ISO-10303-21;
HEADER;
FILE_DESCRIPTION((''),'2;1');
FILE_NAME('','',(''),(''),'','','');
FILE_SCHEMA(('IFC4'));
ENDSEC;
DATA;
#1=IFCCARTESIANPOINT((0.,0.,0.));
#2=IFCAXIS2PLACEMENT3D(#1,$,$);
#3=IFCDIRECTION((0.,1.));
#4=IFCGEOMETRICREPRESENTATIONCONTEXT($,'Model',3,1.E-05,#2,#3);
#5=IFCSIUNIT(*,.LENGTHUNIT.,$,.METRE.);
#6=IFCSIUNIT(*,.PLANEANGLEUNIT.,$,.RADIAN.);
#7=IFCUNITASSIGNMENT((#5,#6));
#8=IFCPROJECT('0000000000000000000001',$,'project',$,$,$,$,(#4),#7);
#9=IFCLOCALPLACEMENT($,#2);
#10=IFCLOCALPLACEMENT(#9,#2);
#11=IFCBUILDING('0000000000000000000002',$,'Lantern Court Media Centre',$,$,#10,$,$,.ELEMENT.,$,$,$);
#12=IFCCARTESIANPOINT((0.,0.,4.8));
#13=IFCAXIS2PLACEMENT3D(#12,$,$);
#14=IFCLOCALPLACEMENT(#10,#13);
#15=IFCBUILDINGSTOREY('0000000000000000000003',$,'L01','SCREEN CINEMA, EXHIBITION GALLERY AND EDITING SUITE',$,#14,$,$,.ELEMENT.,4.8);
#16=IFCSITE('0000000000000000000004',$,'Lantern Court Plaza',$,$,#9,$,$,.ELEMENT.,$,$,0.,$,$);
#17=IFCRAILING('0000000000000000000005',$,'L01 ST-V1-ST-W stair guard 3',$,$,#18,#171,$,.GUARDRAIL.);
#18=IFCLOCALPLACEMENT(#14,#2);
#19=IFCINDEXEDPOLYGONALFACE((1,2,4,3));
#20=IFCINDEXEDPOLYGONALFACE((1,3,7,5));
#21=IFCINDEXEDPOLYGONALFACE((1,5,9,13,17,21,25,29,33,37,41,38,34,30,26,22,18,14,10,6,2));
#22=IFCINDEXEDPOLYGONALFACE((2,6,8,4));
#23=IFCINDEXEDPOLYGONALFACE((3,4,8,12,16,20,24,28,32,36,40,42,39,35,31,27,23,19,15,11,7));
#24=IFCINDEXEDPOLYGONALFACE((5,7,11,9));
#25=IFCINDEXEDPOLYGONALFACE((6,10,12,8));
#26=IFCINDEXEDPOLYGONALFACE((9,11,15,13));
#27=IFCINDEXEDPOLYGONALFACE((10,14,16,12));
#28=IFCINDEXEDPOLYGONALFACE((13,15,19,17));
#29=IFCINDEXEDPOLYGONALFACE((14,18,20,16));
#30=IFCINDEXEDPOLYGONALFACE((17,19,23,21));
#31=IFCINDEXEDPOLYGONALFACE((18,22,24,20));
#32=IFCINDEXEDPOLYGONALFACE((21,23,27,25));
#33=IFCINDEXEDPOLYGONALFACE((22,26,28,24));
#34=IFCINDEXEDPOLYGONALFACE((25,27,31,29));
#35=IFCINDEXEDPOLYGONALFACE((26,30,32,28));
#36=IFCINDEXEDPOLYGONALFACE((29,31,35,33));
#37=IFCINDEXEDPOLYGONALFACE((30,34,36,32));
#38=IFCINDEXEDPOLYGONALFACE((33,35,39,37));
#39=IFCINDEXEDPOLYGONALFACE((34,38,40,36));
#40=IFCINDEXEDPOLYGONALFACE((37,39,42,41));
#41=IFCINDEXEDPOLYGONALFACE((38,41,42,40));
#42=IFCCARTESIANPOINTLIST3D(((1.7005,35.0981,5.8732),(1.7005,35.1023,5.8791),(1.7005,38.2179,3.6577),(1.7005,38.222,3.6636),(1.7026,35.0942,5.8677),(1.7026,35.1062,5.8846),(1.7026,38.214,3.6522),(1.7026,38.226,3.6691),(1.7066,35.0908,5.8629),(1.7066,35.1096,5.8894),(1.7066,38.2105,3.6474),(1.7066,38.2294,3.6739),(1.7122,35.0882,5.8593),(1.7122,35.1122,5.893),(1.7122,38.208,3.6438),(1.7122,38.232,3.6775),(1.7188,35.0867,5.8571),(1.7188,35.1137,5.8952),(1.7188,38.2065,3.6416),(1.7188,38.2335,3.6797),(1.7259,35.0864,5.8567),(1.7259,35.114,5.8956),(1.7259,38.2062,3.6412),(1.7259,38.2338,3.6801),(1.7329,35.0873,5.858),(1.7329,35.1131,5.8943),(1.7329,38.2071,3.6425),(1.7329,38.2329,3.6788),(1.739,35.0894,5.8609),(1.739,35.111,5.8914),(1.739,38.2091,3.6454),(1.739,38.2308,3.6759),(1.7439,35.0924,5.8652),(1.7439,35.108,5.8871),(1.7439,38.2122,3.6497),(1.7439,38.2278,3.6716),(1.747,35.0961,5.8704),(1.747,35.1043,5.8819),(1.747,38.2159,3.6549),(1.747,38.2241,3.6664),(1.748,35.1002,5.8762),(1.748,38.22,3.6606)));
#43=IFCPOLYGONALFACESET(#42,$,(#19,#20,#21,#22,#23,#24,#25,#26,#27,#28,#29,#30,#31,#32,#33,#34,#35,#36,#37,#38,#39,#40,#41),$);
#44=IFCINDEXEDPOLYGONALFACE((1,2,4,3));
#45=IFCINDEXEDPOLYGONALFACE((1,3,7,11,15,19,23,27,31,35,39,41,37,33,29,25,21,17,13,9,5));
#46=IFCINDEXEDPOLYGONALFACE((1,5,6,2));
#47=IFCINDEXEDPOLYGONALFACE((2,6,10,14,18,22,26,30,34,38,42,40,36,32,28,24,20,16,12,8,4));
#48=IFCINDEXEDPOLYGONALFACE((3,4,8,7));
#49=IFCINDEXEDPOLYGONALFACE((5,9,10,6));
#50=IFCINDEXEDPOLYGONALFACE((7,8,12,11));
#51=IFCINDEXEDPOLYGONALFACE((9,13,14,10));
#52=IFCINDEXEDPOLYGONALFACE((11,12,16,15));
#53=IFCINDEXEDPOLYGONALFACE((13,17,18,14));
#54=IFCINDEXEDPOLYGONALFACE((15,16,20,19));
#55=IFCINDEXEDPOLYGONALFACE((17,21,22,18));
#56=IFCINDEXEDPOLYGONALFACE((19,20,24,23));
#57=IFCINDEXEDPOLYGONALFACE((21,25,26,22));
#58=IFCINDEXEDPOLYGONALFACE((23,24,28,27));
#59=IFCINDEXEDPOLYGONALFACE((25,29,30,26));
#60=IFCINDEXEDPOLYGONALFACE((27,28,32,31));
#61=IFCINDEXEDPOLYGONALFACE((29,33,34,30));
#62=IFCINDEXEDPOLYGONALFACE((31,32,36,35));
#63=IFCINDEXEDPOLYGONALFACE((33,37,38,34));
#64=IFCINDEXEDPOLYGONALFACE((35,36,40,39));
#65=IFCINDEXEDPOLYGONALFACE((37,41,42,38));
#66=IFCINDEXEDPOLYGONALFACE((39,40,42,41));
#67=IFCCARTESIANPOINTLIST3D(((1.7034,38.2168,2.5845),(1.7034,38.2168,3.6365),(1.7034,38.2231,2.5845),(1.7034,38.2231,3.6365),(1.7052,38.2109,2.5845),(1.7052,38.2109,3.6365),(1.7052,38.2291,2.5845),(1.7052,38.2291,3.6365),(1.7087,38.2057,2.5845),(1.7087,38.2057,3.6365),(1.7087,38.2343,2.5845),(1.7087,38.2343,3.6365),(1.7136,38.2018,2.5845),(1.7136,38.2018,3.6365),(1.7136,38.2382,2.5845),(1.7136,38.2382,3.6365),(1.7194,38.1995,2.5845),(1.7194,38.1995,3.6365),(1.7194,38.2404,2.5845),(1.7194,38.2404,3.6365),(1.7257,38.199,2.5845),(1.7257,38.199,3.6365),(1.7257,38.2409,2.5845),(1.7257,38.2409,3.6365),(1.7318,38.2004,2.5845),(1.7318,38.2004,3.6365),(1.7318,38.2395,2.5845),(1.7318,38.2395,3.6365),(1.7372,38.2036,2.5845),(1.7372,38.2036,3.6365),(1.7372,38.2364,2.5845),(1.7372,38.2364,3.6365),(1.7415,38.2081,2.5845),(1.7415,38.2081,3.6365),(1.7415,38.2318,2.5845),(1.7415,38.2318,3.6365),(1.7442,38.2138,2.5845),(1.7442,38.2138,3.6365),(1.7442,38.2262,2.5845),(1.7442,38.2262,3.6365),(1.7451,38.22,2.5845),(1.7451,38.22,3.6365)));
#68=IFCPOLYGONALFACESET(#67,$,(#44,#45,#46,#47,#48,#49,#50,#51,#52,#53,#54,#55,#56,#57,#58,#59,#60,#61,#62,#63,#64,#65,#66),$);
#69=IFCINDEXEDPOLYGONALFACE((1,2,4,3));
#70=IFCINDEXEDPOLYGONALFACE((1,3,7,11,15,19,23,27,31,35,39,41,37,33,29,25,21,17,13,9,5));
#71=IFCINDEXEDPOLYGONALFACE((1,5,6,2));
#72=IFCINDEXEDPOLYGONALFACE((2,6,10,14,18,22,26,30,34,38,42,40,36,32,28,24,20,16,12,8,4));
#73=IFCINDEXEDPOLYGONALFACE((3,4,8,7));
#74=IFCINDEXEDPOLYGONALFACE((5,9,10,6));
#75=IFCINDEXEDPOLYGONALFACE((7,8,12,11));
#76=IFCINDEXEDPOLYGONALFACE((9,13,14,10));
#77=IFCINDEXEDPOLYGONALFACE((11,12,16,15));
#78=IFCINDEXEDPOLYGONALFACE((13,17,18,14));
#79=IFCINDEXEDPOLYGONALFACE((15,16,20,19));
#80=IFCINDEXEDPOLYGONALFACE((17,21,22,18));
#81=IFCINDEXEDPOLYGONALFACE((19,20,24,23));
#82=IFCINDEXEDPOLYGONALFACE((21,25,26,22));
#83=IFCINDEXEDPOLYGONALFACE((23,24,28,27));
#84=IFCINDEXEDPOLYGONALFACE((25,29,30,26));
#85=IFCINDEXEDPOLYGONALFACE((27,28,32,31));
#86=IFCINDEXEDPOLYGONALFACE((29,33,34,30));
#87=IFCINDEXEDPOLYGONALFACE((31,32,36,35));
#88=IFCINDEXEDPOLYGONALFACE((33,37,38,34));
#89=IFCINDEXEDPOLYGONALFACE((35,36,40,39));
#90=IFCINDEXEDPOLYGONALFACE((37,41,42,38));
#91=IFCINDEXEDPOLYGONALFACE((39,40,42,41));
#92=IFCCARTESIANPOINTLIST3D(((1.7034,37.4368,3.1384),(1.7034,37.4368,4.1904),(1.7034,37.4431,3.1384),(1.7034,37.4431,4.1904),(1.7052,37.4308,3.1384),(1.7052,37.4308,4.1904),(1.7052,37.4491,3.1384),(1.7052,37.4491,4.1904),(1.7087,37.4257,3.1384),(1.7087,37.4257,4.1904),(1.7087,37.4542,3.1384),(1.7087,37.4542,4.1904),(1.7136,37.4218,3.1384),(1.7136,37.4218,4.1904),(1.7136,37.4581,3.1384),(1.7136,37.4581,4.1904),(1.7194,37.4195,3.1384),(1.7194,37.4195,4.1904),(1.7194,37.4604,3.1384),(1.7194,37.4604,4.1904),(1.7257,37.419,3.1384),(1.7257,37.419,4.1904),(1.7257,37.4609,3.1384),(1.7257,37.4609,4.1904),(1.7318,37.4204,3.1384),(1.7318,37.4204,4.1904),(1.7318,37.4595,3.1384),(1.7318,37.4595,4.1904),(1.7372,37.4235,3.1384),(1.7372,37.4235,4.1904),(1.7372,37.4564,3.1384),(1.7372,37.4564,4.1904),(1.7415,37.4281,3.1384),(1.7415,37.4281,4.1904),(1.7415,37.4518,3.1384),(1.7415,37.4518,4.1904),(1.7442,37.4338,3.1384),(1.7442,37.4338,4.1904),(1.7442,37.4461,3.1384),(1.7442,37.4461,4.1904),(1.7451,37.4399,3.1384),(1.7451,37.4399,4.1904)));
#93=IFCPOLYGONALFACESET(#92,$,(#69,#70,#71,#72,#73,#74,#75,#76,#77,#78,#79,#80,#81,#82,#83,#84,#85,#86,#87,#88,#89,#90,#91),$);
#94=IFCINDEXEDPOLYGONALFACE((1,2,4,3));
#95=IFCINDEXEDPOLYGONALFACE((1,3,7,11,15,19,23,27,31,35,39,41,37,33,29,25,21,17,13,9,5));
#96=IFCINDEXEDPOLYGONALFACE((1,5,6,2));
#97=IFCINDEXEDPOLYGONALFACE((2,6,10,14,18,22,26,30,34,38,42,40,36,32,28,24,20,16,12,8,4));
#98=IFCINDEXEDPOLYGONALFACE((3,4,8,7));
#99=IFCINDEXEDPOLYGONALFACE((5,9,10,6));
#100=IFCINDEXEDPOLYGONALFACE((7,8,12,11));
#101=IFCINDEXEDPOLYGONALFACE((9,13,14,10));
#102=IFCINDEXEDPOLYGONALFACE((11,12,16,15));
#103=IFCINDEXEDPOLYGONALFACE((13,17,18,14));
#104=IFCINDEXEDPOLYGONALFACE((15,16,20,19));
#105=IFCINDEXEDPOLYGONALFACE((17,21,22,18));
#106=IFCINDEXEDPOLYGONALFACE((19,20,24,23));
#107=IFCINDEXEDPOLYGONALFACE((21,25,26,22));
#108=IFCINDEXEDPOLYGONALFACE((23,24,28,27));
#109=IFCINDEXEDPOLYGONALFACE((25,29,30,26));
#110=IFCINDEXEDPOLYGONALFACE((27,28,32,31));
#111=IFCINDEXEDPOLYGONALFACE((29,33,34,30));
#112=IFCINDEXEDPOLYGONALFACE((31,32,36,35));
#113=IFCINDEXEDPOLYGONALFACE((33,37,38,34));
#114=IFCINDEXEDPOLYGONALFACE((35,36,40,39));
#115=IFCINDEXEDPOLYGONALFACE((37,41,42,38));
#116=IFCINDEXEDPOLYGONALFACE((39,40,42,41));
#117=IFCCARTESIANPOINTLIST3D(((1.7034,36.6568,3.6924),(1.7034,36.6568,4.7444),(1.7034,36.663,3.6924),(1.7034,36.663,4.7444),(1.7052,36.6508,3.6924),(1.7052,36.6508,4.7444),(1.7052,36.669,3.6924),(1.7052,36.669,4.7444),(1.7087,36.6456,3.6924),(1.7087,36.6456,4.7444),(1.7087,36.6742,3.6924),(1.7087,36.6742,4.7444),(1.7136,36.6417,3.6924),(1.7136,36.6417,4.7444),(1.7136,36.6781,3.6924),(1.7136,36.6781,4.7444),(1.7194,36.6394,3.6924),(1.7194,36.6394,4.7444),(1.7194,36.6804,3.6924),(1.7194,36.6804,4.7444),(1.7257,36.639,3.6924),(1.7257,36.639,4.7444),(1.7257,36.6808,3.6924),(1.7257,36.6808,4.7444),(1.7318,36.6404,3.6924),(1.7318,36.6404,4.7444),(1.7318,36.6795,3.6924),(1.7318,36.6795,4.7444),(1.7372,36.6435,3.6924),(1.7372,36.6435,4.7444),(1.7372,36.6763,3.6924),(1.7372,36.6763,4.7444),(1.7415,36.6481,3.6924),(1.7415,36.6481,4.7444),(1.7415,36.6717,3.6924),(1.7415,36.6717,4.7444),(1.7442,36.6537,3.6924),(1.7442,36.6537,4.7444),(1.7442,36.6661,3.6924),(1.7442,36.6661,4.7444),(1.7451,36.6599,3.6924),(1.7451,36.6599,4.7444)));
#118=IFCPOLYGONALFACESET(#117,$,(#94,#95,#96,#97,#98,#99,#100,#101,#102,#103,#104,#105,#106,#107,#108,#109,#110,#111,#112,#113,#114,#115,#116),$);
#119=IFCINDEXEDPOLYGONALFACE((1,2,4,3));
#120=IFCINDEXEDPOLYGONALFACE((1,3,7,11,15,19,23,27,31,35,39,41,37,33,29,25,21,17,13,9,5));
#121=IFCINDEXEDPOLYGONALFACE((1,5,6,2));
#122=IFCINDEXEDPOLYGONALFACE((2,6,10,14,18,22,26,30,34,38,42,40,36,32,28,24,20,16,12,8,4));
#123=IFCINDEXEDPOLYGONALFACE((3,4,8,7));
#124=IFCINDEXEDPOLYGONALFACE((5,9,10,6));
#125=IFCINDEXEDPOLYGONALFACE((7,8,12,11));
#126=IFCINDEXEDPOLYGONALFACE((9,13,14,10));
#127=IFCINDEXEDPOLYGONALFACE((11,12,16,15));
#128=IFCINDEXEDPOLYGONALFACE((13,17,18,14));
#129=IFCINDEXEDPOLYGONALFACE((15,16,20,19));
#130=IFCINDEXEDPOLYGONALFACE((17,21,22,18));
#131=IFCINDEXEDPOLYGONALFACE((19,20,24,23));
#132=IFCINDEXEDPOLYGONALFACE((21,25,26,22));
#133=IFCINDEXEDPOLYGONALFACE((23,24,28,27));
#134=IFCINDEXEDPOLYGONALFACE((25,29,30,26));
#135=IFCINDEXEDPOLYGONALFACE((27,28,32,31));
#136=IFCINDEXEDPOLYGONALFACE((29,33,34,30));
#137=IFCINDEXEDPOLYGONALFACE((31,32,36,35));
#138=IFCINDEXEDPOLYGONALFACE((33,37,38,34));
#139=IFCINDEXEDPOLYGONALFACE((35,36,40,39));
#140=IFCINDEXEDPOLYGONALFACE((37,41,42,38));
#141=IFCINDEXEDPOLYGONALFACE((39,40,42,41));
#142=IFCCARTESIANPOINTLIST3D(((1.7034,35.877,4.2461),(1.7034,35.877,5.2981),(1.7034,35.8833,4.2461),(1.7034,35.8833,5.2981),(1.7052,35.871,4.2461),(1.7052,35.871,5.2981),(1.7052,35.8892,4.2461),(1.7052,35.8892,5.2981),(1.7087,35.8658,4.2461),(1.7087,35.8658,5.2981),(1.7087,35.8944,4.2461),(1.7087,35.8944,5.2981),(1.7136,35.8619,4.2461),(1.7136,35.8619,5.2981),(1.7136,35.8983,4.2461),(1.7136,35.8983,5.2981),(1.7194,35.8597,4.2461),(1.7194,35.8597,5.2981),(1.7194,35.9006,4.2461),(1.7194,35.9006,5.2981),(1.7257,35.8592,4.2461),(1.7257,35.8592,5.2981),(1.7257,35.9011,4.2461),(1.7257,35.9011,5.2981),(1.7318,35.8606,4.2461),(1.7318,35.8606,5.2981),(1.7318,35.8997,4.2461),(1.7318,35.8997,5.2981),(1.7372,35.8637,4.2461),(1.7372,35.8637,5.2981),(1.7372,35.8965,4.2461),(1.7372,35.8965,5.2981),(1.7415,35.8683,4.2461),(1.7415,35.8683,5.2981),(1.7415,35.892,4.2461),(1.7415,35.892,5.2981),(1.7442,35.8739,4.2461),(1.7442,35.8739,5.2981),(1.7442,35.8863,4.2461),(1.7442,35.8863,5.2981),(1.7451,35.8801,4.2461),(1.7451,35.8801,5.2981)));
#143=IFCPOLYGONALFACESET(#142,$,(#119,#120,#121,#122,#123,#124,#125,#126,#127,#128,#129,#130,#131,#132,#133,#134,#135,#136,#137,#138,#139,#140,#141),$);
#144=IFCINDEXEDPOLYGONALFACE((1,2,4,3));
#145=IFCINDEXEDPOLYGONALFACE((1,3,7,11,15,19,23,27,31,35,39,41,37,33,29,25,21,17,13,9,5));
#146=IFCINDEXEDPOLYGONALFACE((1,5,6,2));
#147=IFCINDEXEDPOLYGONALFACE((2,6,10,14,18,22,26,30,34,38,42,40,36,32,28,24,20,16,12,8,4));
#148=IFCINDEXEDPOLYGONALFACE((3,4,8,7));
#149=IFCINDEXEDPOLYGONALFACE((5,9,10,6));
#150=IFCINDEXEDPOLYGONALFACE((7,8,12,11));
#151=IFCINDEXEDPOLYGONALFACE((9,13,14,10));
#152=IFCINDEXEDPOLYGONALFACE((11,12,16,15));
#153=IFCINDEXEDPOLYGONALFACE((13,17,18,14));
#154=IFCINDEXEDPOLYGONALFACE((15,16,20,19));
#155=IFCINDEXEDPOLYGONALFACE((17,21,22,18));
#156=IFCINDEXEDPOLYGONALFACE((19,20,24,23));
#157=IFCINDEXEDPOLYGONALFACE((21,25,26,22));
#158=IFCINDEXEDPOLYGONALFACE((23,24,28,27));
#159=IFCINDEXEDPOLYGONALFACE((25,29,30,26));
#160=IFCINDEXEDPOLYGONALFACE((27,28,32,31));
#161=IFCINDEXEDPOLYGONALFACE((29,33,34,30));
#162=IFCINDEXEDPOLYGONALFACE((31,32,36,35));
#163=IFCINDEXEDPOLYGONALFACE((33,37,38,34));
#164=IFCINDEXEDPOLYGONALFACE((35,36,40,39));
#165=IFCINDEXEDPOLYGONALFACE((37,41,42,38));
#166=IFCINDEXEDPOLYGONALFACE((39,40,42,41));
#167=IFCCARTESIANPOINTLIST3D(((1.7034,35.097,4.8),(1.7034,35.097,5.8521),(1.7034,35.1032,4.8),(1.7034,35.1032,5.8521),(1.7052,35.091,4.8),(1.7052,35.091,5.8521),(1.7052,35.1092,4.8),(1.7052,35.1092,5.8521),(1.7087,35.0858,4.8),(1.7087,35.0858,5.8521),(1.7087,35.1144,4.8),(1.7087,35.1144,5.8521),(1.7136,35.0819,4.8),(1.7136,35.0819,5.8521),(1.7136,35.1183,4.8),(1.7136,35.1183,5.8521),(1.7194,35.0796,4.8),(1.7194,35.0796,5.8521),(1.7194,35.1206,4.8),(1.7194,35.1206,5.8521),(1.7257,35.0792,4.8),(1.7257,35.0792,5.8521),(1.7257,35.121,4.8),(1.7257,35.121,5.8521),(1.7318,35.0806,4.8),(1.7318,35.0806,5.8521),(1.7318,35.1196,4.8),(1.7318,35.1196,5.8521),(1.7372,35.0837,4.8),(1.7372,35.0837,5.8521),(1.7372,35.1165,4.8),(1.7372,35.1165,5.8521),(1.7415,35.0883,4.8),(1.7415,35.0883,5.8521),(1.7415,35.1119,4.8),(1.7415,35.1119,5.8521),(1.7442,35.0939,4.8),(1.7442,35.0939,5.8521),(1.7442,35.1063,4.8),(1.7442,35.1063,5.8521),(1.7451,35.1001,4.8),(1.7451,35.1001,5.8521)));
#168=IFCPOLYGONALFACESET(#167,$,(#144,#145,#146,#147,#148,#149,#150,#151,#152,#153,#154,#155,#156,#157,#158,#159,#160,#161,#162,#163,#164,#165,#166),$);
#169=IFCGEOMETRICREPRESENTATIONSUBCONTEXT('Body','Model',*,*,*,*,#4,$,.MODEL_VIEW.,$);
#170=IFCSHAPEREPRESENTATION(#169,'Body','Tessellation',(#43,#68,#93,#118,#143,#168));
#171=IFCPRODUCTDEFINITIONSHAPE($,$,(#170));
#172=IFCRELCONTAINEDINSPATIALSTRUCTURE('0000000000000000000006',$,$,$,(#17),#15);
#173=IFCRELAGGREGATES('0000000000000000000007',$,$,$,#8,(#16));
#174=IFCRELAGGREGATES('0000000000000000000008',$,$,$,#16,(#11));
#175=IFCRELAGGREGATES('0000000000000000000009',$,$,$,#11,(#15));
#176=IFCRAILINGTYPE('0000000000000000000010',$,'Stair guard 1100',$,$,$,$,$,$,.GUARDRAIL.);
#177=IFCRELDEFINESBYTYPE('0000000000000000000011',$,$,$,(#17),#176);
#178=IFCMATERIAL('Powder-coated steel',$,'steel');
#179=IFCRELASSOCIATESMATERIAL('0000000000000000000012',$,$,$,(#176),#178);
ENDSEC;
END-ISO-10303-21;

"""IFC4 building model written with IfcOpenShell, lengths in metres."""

from ifc_helpers import new_model, si_unit, direction, frame, origin, origin_2d, place, context, subcontext, project, spatial, circle, extrude, material, type_object, element, save


model = new_model("IFC4")

# Units and contexts
model_context = context("Model", 3, precision=1e-05, world=origin(), true_north=direction((0.0, 1.0)))
body_context = subcontext(model_context, "Body", "Model", "MODEL_VIEW")
ifc_project = project(units=[si_unit("LENGTHUNIT", "METRE"), si_unit("PLANEANGLEUNIT", "RADIAN")], contexts=[model_context])

# Site, building, storey
site_placement = place(None, origin())
site = spatial("IfcSite", under=ifc_project, at=site_placement, Name="Lantern Court Plaza", CompositionType="ELEMENT", RefElevation=0.0)
building_placement = place(site_placement, origin())
building = spatial("IfcBuilding", under=site, at=building_placement, Name="Lantern Court Media Centre", CompositionType="ELEMENT")
storey_placement = place(building_placement, frame((0.0, 0.0, 4.8)))
storey = spatial("IfcBuildingStorey", under=building, at=storey_placement, Name="L01", Description="SCREEN CINEMA, EXHIBITION GALLERY AND EDITING SUITE", CompositionType="ELEMENT", Elevation=4.8)

# Railing
ifc_material_1 = material(Name="Powder-coated steel", Category="steel")
railing_type_1 = type_object("IfcRailingType", Name="Stair guard 1100", PredefinedType="GUARDRAIL", material=ifc_material_1)
railing_1_placement = place(storey_placement, frame((1.7241, 38.22, 2.5845)))
element("IfcRailing", 1, at=railing_1_placement, inside=storey, type_object=railing_type_1, Name="L01 ST-V1-ST-W stair guard 3", PredefinedType="GUARDRAIL", context=body_context, shape_type="SweptSolid", body=[
    extrude(circle(Radius=0.0239, at=origin_2d()), frame((0.0, 0.0, 1.0762), z_axis=(0.0, -0.815325, 0.579003), x_axis=(1.0, 0.0, 0.0)), (0.0, 0.0, 1.0), 3.8264),
    extrude(circle(Radius=0.021, at=origin_2d()), origin(), (0.0, 0.0, 1.0), 1.052),
    extrude(circle(Radius=0.021, at=origin_2d()), frame((0.0, -0.78, 0.554)), (0.0, 0.0, 1.0), 1.052),
    extrude(circle(Radius=0.021, at=origin_2d()), frame((0.0, -1.5601, 1.1079)), (0.0, 0.0, 1.0), 1.052),
    extrude(circle(Radius=0.021, at=origin_2d()), frame((0.0, -2.3398, 1.6616)), (0.0, 0.0, 1.0), 1.052),
    extrude(circle(Radius=0.021, at=origin_2d()), frame((0.0, -3.1199, 2.2156)), (0.0, 0.0, 1.0), 1.052),
])

save(model, "model.ifc")
